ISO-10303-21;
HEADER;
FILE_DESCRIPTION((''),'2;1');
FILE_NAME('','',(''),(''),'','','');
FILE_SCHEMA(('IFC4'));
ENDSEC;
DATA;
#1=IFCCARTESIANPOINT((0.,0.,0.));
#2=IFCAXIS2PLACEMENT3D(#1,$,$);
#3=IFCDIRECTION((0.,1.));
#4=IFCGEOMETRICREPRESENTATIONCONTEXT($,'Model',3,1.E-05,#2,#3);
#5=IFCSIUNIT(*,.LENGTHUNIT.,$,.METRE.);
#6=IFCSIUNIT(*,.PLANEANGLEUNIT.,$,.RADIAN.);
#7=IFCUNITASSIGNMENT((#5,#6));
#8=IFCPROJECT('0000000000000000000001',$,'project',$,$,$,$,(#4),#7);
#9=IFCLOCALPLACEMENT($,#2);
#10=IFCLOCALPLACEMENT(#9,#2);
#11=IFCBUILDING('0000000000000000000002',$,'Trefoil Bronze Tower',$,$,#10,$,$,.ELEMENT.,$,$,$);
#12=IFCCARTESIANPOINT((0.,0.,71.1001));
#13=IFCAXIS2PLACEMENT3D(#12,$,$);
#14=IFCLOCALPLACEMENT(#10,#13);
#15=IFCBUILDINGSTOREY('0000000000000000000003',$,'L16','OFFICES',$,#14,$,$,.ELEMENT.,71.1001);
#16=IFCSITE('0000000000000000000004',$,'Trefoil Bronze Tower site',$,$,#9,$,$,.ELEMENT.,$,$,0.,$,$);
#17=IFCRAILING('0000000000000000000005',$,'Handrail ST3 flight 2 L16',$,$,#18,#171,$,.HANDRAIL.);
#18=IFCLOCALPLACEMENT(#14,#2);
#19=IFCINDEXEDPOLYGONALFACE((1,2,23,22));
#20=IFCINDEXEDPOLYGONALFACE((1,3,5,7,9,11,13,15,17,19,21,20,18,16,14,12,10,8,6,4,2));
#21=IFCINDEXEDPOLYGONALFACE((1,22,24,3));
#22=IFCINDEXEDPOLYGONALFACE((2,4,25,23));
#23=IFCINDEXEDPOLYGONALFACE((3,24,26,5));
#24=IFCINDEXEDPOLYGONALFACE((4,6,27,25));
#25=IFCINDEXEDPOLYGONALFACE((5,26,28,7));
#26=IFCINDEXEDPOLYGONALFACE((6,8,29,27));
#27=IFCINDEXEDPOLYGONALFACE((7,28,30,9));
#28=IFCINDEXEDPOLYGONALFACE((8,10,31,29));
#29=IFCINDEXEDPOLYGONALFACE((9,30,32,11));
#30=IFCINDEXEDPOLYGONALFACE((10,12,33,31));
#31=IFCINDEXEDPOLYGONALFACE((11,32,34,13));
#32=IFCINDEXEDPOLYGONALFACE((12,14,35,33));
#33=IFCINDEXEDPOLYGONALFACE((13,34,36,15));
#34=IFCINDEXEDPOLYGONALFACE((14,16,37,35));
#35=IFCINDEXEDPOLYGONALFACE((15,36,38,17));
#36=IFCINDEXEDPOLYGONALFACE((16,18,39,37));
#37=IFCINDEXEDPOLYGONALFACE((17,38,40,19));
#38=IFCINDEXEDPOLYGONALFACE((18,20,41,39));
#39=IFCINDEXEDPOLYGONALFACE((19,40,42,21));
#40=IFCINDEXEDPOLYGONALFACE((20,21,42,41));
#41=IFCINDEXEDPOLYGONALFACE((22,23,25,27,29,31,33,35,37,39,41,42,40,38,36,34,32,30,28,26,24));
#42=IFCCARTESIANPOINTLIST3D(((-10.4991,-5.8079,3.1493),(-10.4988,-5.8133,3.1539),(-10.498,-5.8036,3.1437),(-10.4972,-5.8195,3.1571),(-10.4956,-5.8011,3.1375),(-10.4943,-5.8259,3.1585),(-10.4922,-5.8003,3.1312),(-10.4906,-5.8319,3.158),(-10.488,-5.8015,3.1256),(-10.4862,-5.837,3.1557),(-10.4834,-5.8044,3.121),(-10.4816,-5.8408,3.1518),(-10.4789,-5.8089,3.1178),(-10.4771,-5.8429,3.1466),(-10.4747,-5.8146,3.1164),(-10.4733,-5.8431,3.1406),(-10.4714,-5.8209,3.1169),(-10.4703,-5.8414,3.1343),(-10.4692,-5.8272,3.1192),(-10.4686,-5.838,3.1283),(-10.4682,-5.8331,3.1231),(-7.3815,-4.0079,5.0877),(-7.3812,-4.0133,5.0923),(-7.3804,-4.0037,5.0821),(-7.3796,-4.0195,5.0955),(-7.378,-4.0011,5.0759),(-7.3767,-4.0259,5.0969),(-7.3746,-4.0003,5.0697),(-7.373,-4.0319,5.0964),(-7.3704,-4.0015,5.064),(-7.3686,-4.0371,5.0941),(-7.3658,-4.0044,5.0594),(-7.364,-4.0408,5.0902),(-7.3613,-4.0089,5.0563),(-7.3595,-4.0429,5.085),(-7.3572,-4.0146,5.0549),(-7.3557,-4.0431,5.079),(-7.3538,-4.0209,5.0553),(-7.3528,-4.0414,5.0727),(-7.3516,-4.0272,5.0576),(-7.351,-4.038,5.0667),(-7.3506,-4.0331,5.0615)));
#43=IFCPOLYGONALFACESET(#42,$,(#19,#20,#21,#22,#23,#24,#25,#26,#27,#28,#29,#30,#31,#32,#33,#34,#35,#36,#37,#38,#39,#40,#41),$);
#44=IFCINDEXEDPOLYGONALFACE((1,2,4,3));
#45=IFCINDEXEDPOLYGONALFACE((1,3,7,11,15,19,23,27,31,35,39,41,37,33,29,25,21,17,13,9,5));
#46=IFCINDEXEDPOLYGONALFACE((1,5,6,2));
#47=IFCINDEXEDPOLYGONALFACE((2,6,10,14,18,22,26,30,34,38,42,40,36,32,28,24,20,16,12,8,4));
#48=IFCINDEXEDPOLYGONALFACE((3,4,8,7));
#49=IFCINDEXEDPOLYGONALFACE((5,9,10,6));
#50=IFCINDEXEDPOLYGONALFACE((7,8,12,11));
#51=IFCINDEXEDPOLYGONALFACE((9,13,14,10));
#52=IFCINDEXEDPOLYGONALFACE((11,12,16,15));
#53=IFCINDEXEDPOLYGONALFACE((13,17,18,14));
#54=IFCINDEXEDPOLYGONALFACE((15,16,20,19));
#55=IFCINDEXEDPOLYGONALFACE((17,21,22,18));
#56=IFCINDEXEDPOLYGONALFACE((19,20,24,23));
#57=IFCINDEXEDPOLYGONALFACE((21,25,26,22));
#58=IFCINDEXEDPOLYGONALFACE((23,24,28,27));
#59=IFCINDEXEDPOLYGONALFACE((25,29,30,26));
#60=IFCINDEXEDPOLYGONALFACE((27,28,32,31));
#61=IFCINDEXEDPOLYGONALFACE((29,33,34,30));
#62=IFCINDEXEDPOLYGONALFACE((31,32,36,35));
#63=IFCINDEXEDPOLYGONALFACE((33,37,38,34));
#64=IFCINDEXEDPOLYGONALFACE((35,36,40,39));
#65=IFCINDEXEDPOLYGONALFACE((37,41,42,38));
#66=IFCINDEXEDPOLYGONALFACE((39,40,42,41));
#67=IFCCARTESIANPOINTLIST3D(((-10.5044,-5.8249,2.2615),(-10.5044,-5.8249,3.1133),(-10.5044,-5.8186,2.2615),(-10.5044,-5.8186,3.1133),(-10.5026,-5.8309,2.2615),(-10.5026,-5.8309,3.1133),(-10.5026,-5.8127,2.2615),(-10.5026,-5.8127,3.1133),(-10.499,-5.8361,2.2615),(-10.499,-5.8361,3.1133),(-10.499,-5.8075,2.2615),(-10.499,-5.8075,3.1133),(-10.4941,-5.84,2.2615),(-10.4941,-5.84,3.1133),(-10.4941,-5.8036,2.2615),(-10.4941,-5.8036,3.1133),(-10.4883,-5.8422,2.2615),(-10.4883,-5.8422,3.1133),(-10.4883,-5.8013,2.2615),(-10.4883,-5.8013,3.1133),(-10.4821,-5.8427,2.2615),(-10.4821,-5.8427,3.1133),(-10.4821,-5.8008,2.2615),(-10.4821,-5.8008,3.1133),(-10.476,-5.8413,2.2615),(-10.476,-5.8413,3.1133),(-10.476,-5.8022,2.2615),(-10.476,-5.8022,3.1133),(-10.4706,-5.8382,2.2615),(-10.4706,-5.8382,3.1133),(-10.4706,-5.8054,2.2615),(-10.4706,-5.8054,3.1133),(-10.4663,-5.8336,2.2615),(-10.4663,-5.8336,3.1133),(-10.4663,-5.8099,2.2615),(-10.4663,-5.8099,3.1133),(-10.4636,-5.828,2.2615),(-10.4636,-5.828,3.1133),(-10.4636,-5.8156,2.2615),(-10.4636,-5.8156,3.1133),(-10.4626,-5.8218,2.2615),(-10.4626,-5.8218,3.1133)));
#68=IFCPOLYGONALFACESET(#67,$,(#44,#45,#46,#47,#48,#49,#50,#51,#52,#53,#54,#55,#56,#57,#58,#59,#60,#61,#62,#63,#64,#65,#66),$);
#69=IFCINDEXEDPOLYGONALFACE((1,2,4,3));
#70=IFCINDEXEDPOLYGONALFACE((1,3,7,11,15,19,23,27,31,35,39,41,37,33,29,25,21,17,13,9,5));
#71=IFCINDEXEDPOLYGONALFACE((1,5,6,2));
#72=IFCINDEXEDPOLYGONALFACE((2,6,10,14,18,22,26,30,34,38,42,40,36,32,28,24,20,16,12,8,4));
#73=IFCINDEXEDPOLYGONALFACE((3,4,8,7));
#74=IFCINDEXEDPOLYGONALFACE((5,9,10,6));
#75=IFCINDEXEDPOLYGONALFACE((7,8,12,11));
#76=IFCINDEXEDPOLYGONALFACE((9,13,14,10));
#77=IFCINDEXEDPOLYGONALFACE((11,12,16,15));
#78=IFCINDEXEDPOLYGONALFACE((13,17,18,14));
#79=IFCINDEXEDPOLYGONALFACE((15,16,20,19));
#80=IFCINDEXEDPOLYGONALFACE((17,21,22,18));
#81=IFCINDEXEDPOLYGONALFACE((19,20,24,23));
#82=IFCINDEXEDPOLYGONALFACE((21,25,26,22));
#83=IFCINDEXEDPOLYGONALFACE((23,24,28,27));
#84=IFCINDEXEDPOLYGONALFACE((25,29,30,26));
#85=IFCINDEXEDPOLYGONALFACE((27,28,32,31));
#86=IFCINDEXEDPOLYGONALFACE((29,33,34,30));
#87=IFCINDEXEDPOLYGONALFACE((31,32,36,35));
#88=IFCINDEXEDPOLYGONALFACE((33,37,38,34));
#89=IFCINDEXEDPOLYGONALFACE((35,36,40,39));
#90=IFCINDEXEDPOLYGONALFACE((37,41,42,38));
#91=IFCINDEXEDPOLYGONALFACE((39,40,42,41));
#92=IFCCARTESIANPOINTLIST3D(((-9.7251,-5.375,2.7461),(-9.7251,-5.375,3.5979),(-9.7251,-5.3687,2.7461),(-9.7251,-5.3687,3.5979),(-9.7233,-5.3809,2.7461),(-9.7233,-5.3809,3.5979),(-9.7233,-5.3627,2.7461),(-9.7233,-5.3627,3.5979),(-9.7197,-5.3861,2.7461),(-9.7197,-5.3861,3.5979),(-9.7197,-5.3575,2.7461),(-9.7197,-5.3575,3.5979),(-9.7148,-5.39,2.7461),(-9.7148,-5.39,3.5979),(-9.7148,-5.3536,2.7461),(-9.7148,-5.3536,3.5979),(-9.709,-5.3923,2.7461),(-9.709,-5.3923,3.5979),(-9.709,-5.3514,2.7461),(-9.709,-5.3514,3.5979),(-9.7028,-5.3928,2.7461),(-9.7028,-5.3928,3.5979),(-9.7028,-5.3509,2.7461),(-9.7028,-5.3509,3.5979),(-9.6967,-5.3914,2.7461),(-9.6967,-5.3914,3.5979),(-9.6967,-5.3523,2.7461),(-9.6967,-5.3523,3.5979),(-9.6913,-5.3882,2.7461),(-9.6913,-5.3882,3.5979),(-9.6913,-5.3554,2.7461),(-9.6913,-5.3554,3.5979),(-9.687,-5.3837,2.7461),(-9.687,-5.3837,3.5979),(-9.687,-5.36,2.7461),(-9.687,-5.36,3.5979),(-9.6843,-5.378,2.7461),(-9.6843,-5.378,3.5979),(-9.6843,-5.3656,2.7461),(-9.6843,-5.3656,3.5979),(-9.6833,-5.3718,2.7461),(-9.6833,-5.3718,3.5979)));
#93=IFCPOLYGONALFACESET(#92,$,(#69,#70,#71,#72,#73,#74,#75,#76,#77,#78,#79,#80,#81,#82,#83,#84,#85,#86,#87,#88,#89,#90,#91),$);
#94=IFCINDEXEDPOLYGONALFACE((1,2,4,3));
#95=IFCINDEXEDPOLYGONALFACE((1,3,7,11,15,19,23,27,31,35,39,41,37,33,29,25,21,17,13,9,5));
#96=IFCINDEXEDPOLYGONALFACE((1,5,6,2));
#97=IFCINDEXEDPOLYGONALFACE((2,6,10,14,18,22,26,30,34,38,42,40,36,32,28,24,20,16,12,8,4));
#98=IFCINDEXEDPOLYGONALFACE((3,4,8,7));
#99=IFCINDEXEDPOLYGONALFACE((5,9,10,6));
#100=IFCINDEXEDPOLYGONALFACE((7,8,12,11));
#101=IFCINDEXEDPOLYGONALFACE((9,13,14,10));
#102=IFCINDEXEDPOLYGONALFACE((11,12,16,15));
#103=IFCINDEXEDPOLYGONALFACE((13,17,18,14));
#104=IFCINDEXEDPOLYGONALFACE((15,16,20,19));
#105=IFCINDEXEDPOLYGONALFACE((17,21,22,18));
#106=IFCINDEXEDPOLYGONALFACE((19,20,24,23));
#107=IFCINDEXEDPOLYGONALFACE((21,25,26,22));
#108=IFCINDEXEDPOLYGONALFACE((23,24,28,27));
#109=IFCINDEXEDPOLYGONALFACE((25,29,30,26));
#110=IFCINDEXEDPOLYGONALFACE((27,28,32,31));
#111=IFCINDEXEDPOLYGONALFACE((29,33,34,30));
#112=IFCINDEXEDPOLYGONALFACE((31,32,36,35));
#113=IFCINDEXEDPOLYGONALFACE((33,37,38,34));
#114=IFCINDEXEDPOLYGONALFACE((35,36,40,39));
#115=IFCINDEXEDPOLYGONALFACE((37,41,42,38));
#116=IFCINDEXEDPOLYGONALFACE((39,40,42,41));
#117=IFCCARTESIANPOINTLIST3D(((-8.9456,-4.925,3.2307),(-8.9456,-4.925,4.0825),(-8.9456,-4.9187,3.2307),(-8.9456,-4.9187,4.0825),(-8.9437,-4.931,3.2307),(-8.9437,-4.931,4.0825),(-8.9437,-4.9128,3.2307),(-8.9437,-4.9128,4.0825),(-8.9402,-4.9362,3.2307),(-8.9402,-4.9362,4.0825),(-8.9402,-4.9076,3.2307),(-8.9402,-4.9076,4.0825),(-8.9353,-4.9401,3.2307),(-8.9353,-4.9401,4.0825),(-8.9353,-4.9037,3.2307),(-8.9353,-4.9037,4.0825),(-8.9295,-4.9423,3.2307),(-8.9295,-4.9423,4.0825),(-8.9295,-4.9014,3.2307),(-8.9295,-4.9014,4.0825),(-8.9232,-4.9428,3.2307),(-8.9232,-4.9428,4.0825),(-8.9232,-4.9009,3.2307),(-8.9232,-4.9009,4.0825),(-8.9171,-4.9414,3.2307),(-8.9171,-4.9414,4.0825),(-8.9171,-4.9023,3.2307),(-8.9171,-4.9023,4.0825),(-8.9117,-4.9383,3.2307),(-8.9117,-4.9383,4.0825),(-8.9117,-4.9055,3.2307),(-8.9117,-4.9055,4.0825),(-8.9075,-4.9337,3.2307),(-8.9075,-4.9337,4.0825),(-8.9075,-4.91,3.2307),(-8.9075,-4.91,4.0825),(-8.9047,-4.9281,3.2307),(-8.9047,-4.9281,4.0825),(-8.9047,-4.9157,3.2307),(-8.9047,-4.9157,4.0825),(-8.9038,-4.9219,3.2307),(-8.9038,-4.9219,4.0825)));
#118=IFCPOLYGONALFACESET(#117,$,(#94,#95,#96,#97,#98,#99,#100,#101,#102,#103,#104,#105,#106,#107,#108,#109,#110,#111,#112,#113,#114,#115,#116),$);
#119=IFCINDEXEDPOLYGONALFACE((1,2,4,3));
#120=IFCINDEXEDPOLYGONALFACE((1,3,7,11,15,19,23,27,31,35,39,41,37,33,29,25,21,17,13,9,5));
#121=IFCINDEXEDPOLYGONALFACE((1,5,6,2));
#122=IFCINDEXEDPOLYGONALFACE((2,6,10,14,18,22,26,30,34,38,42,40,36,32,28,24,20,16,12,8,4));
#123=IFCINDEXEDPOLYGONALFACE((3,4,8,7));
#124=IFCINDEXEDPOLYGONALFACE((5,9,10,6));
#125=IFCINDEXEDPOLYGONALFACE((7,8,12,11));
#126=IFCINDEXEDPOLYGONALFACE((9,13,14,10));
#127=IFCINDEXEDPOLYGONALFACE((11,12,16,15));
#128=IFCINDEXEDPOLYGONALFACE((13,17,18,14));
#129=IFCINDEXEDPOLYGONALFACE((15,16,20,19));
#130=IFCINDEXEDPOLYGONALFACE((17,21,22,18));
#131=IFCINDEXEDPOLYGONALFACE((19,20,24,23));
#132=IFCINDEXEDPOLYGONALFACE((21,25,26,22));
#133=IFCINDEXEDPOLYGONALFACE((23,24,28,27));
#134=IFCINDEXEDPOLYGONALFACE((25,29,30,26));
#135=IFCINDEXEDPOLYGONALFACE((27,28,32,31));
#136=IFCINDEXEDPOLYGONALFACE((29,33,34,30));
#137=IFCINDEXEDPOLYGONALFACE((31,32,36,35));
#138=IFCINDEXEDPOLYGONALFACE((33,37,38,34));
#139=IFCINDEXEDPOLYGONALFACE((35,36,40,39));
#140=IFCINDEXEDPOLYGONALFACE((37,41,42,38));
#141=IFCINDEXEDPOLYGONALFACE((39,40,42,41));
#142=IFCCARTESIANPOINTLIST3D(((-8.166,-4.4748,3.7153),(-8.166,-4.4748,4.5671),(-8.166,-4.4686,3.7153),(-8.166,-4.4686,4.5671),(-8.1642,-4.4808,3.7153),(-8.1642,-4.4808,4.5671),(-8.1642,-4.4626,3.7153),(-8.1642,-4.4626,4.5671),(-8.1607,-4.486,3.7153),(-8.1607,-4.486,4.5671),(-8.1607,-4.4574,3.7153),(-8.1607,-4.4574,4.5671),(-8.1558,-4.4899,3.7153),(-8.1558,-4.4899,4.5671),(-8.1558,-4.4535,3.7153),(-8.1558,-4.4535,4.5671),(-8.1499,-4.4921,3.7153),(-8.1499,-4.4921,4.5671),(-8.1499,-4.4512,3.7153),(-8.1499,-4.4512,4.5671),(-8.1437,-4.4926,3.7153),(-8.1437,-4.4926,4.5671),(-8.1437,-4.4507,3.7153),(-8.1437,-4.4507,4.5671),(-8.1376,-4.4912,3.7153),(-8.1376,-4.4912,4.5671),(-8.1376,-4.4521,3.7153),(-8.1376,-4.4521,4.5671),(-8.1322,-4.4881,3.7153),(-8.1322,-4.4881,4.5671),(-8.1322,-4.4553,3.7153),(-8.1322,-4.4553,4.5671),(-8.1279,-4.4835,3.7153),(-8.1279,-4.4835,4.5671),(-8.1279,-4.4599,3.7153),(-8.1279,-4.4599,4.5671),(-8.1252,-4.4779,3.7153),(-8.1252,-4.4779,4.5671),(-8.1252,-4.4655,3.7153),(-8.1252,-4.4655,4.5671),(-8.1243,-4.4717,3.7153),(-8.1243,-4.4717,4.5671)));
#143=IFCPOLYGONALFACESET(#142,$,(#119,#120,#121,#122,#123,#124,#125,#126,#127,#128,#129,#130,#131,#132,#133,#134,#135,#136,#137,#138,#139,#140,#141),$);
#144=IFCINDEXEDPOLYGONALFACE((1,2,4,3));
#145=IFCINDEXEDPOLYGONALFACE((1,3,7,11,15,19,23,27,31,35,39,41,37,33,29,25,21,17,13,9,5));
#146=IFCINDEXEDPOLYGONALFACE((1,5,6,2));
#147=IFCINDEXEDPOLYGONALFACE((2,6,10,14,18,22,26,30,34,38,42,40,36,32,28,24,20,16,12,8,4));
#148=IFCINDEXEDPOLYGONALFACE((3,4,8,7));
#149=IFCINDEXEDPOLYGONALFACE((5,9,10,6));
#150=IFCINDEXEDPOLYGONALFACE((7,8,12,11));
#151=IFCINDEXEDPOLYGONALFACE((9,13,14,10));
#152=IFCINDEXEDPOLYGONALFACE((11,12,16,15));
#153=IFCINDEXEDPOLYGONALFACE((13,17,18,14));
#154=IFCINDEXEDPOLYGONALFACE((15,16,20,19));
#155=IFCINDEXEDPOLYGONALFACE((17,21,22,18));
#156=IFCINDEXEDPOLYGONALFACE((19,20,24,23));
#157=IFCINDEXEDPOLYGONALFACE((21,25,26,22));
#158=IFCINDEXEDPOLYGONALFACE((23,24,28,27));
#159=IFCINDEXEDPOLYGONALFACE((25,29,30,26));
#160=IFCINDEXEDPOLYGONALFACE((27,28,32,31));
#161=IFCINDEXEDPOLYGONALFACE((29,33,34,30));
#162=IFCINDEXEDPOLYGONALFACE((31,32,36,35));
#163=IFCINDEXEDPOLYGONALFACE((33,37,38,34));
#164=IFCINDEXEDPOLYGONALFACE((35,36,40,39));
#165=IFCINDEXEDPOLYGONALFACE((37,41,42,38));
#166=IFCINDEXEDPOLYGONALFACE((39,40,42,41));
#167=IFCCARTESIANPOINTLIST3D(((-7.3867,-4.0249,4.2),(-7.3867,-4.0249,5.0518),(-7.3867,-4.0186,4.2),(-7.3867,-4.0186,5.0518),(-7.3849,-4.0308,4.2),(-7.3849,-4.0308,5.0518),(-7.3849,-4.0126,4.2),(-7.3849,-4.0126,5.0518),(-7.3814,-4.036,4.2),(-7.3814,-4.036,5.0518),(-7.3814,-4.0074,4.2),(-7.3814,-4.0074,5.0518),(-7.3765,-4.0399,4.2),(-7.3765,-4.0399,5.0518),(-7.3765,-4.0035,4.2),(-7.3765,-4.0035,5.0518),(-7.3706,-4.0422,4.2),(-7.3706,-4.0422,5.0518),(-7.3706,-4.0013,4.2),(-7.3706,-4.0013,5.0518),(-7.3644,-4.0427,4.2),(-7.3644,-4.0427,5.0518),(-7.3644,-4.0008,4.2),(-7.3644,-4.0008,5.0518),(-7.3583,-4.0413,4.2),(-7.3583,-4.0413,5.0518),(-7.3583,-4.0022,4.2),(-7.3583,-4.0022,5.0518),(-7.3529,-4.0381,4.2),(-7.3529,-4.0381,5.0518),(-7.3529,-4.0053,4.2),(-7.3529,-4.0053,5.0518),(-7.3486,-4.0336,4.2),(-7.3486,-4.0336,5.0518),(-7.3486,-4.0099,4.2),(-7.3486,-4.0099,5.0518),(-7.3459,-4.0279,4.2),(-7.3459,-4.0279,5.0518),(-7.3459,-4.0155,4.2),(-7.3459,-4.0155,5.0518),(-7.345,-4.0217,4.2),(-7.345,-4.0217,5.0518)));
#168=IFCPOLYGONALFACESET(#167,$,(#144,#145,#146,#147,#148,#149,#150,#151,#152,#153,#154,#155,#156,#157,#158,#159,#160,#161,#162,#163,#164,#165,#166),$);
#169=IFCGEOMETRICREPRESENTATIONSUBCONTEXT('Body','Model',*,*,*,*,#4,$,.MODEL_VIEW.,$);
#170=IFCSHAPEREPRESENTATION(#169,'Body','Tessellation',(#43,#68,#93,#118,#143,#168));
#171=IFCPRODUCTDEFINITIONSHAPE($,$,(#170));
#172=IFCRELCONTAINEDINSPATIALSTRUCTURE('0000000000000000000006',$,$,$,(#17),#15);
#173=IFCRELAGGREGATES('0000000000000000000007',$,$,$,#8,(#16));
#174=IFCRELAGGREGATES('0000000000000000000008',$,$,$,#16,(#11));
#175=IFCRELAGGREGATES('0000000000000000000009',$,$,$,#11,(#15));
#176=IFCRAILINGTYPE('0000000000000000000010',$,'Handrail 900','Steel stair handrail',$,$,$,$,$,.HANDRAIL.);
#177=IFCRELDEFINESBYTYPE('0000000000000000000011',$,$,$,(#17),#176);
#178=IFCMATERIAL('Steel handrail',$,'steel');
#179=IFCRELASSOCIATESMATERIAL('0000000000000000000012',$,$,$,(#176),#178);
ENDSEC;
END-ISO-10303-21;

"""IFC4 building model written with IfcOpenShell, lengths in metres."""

from ifc_helpers import new_model, si_unit, direction, frame, origin, origin_2d, place, context, subcontext, project, spatial, circle, extrude, material, type_object, element, save


model = new_model("IFC4")

# Units and contexts
model_context = context("Model", 3, precision=1e-05, world=origin(), true_north=direction((0.0, 1.0)))
body_context = subcontext(model_context, "Body", "Model", "MODEL_VIEW")
ifc_project = project(units=[si_unit("LENGTHUNIT", "METRE"), si_unit("PLANEANGLEUNIT", "RADIAN")], contexts=[model_context])

# Site, building, storey
site_placement = place(None, origin())
site = spatial("IfcSite", under=ifc_project, at=site_placement, Name="Trefoil Bronze Tower site", CompositionType="ELEMENT", RefElevation=0.0)
building_placement = place(site_placement, origin())
building = spatial("IfcBuilding", under=site, at=building_placement, Name="Trefoil Bronze Tower", CompositionType="ELEMENT")
storey_placement = place(building_placement, frame((0.0, 0.0, 71.1001)))
storey = spatial("IfcBuildingStorey", under=building, at=storey_placement, Name="L16", Description="OFFICES", CompositionType="ELEMENT", Elevation=71.1001)

# Railing
ifc_material_1 = material(Name="Steel handrail", Category="steel")
railing_type = type_object("IfcRailingType", Name="Handrail 900", Description="Steel stair handrail", PredefinedType="HANDRAIL", material=ifc_material_1)
railing_1_placement = place(storey_placement, frame((-10.4836, -5.8218, 2.2615)))
element("IfcRailing", 1, at=railing_1_placement, inside=storey, type_object=railing_type, Name="Handrail ST3 flight 2 L16", PredefinedType="HANDRAIL", context=body_context, shape_type="SweptSolid", body=[
    extrude(circle(Radius=0.0239, at=origin_2d()), frame((0.0, 0.0, 0.876), z_axis=(0.762503, 0.440246, 0.474102), x_axis=(-0.500012, 0.866018, 0.0)), (0.0, 0.0, 1.0), 4.0886),
    extrude(circle(Radius=0.021, at=origin_2d()), origin(), (0.0, 0.0, 1.0), 0.8518),
    extrude(circle(Radius=0.021, at=origin_2d()), frame((0.7793, 0.45, 0.4846)), (0.0, 0.0, 1.0), 0.8518),
    extrude(circle(Radius=0.021, at=origin_2d()), frame((1.5588, 0.8999, 0.9692)), (0.0, 0.0, 1.0), 0.8518),
    extrude(circle(Radius=0.021, at=origin_2d()), frame((2.3384, 1.3501, 1.4539)), (0.0, 0.0, 1.0), 0.8518),
    extrude(circle(Radius=0.021, at=origin_2d()), frame((3.1177, 1.8, 1.9385)), (0.0, 0.0, 1.0), 0.8518),
])

save(model, "model.ifc")
